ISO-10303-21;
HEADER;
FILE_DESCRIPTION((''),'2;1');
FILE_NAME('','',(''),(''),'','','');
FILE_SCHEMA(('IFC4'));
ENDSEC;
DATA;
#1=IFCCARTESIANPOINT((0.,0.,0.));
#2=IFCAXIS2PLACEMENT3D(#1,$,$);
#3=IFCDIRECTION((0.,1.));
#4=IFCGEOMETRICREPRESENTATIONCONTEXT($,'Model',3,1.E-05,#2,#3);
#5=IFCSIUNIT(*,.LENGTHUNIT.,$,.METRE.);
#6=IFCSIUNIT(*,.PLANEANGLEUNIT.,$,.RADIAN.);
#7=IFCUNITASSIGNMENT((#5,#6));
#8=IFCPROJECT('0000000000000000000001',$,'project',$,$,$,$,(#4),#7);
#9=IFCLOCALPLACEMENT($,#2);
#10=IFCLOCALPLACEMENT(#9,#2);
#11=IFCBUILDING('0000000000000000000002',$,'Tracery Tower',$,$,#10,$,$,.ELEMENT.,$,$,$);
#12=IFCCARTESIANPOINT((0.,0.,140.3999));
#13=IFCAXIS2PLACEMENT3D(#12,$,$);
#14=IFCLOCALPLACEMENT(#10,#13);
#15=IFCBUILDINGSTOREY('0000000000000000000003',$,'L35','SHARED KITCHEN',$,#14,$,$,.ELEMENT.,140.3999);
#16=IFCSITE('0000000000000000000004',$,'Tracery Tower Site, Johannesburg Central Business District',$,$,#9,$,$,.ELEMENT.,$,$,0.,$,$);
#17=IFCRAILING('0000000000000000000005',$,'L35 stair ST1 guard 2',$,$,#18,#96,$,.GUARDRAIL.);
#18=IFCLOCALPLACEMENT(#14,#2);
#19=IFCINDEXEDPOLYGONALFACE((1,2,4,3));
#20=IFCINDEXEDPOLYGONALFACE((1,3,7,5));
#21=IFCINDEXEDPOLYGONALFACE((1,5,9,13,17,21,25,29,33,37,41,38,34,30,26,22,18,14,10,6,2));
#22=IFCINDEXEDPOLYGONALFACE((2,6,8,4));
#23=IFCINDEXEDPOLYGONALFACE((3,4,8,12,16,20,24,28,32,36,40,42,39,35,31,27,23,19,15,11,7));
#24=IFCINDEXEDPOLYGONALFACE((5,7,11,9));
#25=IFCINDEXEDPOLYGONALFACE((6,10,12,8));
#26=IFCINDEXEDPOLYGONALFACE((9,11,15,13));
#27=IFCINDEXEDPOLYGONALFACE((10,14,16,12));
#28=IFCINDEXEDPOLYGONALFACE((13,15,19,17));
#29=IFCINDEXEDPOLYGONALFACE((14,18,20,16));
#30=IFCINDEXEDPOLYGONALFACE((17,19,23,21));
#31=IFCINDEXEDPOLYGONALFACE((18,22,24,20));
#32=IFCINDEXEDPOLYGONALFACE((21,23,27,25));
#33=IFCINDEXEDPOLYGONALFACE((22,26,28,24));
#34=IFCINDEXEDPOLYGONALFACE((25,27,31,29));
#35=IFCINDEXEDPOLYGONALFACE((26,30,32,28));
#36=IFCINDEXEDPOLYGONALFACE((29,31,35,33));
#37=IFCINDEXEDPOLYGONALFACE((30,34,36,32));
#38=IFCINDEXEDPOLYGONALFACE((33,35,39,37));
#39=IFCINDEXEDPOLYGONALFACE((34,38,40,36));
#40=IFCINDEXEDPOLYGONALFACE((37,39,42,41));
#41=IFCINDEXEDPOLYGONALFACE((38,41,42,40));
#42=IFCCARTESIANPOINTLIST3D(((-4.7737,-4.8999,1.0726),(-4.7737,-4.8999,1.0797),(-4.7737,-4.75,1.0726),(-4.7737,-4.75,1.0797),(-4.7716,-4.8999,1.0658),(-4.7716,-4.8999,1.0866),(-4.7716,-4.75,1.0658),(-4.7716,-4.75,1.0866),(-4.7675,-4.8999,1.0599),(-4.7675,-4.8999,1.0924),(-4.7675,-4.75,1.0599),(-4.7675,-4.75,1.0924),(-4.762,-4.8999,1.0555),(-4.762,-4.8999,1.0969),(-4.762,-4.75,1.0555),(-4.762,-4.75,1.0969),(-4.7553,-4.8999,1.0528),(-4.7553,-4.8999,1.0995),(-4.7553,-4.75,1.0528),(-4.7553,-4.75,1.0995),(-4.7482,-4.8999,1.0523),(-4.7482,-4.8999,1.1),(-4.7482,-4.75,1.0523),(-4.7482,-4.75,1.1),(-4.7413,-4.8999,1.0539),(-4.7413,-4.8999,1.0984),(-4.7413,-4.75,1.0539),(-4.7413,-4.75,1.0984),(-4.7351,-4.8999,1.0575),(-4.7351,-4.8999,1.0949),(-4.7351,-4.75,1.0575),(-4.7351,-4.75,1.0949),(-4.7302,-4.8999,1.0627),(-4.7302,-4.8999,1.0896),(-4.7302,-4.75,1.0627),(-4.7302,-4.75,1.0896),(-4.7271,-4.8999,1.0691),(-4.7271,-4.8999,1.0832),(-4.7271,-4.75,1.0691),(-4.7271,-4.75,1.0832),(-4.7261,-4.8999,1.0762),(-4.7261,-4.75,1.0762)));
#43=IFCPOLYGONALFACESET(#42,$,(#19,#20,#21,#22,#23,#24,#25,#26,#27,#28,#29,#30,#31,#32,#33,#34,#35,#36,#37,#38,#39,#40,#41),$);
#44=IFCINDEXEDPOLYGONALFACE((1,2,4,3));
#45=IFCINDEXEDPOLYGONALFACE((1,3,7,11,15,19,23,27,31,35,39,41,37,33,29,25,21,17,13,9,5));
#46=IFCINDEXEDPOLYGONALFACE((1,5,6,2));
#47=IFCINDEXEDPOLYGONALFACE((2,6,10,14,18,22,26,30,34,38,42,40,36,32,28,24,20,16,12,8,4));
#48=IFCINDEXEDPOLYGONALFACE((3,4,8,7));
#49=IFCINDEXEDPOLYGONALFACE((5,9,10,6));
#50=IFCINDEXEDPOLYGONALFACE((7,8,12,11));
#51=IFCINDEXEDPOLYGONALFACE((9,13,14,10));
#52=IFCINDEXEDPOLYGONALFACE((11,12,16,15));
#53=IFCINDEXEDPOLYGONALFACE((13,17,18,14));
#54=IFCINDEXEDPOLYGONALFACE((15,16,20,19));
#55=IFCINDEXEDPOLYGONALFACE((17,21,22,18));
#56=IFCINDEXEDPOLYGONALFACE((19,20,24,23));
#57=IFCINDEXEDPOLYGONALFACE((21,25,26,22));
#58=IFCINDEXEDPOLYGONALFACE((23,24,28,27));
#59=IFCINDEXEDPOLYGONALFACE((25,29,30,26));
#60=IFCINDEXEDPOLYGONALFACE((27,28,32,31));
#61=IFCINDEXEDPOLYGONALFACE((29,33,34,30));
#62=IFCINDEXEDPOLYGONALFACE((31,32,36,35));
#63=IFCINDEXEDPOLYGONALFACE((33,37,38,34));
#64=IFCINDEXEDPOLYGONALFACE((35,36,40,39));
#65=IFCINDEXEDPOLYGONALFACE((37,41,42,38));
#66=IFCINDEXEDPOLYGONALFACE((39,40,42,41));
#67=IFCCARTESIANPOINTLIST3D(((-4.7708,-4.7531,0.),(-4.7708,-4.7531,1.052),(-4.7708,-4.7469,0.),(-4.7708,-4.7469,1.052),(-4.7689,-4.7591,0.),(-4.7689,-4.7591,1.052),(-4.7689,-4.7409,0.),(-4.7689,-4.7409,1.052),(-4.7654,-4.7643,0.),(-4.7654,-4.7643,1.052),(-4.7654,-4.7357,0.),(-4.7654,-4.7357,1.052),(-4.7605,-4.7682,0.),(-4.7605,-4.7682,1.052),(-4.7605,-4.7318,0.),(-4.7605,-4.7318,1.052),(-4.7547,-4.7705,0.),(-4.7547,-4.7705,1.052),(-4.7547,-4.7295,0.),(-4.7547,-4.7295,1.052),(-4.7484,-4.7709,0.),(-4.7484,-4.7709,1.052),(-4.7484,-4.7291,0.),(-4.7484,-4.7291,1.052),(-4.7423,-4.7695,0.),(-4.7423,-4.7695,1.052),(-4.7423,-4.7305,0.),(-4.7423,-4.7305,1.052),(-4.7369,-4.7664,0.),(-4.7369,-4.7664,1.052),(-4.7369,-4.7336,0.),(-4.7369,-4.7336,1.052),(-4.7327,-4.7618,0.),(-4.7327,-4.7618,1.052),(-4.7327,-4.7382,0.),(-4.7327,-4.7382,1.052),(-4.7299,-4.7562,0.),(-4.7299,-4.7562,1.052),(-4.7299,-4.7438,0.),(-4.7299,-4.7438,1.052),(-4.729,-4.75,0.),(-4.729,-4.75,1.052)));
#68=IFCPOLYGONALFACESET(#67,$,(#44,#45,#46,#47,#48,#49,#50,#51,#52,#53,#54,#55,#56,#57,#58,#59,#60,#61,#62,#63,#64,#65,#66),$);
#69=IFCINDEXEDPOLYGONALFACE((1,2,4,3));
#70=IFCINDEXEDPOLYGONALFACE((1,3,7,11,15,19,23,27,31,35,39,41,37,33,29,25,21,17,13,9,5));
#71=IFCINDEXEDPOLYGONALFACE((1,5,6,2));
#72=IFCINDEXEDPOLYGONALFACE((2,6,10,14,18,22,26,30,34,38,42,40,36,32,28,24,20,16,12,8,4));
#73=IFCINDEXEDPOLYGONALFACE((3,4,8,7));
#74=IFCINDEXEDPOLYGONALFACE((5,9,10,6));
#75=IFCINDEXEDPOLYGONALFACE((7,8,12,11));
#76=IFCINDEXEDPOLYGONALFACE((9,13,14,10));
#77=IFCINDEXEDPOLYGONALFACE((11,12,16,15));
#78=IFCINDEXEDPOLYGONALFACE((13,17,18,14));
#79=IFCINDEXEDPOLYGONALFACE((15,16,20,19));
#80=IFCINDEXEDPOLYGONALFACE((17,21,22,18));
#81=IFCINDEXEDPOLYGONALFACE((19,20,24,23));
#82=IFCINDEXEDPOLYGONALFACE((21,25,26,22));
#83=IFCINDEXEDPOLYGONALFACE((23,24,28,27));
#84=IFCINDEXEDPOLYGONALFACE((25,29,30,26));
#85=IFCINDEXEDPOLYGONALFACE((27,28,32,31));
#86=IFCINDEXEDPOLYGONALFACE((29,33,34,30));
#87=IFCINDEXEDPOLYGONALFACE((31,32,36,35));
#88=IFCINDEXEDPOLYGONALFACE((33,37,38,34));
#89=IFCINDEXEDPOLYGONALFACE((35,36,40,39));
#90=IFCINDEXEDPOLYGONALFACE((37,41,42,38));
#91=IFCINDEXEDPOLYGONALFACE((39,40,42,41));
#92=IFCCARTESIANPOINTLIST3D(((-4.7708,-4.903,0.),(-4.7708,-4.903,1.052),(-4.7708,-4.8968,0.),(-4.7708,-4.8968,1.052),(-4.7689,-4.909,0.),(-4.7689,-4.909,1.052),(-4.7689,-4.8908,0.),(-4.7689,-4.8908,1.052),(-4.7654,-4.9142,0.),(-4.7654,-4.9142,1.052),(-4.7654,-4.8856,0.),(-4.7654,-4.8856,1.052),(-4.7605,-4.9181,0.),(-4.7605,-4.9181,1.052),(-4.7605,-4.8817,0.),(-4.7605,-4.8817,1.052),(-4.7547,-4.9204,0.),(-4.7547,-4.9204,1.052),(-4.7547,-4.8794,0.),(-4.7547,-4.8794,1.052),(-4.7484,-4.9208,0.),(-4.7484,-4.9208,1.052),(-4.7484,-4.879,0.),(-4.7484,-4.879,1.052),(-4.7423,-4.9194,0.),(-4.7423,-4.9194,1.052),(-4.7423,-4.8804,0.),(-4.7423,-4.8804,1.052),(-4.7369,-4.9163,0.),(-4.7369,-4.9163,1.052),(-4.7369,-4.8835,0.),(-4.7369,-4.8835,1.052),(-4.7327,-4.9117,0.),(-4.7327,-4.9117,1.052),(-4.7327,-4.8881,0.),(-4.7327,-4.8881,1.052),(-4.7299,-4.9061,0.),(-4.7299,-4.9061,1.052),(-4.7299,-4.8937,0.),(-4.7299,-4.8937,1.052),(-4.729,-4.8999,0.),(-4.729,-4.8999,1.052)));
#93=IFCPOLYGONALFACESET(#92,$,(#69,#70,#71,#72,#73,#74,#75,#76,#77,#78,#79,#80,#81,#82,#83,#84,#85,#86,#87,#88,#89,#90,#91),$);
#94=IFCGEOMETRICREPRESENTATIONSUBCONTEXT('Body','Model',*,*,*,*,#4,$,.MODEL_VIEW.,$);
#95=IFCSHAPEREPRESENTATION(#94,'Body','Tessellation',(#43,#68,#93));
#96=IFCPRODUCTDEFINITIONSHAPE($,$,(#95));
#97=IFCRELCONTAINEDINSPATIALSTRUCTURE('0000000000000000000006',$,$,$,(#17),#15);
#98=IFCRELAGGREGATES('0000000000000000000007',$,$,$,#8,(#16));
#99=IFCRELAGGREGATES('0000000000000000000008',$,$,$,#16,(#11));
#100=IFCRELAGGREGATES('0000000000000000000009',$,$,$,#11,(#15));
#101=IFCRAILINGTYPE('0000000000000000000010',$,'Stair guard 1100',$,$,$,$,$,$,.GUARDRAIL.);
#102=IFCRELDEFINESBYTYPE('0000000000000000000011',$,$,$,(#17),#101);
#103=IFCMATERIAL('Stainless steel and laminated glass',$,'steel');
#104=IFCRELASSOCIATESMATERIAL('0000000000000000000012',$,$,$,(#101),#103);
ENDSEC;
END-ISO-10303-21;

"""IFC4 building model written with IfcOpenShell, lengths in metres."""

from ifc_helpers import new_model, si_unit, direction, frame, origin, origin_2d, place, context, subcontext, project, spatial, circle, extrude, material, type_object, element, save


model = new_model("IFC4")

# Units and contexts
model_context = context("Model", 3, precision=1e-05, world=origin(), true_north=direction((0.0, 1.0)))
body_context = subcontext(model_context, "Body", "Model", "MODEL_VIEW")
ifc_project = project(units=[si_unit("LENGTHUNIT", "METRE"), si_unit("PLANEANGLEUNIT", "RADIAN")], contexts=[model_context])

# Site, building, storey
site_placement = place(None, origin())
site = spatial("IfcSite", under=ifc_project, at=site_placement, Name="Tracery Tower Site, Johannesburg Central Business District", CompositionType="ELEMENT", RefElevation=0.0)
building_placement = place(site_placement, origin())
building = spatial("IfcBuilding", under=site, at=building_placement, Name="Tracery Tower", CompositionType="ELEMENT")
storey_placement = place(building_placement, frame((0.0, 0.0, 140.3999)))
storey = spatial("IfcBuildingStorey", under=building, at=storey_placement, Name="L35", Description="SHARED KITCHEN", CompositionType="ELEMENT", Elevation=140.3999)

# Railing
ifc_material_1 = material(Name="Stainless steel and laminated glass", Category="steel")
railing_type_1 = type_object("IfcRailingType", Name="Stair guard 1100", PredefinedType="GUARDRAIL", material=ifc_material_1)
railing_1_placement = place(storey_placement, frame((-4.75, -4.75, 0.0)))
element("IfcRailing", 1, at=railing_1_placement, inside=storey, type_object=railing_type_1, Name="L35 stair ST1 guard 2", PredefinedType="GUARDRAIL", context=body_context, shape_type="SweptSolid", body=[
    extrude(circle(Radius=0.0239, at=origin_2d()), frame((0.0, 0.0, 1.0762), z_axis=(0.0, -1.0, 0.0), x_axis=(1.0, 0.0, 0.0)), (0.0, 0.0, 1.0), 0.1499),
    extrude(circle(Radius=0.021, at=origin_2d()), origin(), (0.0, 0.0, 1.0), 1.052),
    extrude(circle(Radius=0.021, at=origin_2d()), frame((0.0, -0.1499, 0.0)), (0.0, 0.0, 1.0), 1.052),
])

save(model, "model.ifc")
